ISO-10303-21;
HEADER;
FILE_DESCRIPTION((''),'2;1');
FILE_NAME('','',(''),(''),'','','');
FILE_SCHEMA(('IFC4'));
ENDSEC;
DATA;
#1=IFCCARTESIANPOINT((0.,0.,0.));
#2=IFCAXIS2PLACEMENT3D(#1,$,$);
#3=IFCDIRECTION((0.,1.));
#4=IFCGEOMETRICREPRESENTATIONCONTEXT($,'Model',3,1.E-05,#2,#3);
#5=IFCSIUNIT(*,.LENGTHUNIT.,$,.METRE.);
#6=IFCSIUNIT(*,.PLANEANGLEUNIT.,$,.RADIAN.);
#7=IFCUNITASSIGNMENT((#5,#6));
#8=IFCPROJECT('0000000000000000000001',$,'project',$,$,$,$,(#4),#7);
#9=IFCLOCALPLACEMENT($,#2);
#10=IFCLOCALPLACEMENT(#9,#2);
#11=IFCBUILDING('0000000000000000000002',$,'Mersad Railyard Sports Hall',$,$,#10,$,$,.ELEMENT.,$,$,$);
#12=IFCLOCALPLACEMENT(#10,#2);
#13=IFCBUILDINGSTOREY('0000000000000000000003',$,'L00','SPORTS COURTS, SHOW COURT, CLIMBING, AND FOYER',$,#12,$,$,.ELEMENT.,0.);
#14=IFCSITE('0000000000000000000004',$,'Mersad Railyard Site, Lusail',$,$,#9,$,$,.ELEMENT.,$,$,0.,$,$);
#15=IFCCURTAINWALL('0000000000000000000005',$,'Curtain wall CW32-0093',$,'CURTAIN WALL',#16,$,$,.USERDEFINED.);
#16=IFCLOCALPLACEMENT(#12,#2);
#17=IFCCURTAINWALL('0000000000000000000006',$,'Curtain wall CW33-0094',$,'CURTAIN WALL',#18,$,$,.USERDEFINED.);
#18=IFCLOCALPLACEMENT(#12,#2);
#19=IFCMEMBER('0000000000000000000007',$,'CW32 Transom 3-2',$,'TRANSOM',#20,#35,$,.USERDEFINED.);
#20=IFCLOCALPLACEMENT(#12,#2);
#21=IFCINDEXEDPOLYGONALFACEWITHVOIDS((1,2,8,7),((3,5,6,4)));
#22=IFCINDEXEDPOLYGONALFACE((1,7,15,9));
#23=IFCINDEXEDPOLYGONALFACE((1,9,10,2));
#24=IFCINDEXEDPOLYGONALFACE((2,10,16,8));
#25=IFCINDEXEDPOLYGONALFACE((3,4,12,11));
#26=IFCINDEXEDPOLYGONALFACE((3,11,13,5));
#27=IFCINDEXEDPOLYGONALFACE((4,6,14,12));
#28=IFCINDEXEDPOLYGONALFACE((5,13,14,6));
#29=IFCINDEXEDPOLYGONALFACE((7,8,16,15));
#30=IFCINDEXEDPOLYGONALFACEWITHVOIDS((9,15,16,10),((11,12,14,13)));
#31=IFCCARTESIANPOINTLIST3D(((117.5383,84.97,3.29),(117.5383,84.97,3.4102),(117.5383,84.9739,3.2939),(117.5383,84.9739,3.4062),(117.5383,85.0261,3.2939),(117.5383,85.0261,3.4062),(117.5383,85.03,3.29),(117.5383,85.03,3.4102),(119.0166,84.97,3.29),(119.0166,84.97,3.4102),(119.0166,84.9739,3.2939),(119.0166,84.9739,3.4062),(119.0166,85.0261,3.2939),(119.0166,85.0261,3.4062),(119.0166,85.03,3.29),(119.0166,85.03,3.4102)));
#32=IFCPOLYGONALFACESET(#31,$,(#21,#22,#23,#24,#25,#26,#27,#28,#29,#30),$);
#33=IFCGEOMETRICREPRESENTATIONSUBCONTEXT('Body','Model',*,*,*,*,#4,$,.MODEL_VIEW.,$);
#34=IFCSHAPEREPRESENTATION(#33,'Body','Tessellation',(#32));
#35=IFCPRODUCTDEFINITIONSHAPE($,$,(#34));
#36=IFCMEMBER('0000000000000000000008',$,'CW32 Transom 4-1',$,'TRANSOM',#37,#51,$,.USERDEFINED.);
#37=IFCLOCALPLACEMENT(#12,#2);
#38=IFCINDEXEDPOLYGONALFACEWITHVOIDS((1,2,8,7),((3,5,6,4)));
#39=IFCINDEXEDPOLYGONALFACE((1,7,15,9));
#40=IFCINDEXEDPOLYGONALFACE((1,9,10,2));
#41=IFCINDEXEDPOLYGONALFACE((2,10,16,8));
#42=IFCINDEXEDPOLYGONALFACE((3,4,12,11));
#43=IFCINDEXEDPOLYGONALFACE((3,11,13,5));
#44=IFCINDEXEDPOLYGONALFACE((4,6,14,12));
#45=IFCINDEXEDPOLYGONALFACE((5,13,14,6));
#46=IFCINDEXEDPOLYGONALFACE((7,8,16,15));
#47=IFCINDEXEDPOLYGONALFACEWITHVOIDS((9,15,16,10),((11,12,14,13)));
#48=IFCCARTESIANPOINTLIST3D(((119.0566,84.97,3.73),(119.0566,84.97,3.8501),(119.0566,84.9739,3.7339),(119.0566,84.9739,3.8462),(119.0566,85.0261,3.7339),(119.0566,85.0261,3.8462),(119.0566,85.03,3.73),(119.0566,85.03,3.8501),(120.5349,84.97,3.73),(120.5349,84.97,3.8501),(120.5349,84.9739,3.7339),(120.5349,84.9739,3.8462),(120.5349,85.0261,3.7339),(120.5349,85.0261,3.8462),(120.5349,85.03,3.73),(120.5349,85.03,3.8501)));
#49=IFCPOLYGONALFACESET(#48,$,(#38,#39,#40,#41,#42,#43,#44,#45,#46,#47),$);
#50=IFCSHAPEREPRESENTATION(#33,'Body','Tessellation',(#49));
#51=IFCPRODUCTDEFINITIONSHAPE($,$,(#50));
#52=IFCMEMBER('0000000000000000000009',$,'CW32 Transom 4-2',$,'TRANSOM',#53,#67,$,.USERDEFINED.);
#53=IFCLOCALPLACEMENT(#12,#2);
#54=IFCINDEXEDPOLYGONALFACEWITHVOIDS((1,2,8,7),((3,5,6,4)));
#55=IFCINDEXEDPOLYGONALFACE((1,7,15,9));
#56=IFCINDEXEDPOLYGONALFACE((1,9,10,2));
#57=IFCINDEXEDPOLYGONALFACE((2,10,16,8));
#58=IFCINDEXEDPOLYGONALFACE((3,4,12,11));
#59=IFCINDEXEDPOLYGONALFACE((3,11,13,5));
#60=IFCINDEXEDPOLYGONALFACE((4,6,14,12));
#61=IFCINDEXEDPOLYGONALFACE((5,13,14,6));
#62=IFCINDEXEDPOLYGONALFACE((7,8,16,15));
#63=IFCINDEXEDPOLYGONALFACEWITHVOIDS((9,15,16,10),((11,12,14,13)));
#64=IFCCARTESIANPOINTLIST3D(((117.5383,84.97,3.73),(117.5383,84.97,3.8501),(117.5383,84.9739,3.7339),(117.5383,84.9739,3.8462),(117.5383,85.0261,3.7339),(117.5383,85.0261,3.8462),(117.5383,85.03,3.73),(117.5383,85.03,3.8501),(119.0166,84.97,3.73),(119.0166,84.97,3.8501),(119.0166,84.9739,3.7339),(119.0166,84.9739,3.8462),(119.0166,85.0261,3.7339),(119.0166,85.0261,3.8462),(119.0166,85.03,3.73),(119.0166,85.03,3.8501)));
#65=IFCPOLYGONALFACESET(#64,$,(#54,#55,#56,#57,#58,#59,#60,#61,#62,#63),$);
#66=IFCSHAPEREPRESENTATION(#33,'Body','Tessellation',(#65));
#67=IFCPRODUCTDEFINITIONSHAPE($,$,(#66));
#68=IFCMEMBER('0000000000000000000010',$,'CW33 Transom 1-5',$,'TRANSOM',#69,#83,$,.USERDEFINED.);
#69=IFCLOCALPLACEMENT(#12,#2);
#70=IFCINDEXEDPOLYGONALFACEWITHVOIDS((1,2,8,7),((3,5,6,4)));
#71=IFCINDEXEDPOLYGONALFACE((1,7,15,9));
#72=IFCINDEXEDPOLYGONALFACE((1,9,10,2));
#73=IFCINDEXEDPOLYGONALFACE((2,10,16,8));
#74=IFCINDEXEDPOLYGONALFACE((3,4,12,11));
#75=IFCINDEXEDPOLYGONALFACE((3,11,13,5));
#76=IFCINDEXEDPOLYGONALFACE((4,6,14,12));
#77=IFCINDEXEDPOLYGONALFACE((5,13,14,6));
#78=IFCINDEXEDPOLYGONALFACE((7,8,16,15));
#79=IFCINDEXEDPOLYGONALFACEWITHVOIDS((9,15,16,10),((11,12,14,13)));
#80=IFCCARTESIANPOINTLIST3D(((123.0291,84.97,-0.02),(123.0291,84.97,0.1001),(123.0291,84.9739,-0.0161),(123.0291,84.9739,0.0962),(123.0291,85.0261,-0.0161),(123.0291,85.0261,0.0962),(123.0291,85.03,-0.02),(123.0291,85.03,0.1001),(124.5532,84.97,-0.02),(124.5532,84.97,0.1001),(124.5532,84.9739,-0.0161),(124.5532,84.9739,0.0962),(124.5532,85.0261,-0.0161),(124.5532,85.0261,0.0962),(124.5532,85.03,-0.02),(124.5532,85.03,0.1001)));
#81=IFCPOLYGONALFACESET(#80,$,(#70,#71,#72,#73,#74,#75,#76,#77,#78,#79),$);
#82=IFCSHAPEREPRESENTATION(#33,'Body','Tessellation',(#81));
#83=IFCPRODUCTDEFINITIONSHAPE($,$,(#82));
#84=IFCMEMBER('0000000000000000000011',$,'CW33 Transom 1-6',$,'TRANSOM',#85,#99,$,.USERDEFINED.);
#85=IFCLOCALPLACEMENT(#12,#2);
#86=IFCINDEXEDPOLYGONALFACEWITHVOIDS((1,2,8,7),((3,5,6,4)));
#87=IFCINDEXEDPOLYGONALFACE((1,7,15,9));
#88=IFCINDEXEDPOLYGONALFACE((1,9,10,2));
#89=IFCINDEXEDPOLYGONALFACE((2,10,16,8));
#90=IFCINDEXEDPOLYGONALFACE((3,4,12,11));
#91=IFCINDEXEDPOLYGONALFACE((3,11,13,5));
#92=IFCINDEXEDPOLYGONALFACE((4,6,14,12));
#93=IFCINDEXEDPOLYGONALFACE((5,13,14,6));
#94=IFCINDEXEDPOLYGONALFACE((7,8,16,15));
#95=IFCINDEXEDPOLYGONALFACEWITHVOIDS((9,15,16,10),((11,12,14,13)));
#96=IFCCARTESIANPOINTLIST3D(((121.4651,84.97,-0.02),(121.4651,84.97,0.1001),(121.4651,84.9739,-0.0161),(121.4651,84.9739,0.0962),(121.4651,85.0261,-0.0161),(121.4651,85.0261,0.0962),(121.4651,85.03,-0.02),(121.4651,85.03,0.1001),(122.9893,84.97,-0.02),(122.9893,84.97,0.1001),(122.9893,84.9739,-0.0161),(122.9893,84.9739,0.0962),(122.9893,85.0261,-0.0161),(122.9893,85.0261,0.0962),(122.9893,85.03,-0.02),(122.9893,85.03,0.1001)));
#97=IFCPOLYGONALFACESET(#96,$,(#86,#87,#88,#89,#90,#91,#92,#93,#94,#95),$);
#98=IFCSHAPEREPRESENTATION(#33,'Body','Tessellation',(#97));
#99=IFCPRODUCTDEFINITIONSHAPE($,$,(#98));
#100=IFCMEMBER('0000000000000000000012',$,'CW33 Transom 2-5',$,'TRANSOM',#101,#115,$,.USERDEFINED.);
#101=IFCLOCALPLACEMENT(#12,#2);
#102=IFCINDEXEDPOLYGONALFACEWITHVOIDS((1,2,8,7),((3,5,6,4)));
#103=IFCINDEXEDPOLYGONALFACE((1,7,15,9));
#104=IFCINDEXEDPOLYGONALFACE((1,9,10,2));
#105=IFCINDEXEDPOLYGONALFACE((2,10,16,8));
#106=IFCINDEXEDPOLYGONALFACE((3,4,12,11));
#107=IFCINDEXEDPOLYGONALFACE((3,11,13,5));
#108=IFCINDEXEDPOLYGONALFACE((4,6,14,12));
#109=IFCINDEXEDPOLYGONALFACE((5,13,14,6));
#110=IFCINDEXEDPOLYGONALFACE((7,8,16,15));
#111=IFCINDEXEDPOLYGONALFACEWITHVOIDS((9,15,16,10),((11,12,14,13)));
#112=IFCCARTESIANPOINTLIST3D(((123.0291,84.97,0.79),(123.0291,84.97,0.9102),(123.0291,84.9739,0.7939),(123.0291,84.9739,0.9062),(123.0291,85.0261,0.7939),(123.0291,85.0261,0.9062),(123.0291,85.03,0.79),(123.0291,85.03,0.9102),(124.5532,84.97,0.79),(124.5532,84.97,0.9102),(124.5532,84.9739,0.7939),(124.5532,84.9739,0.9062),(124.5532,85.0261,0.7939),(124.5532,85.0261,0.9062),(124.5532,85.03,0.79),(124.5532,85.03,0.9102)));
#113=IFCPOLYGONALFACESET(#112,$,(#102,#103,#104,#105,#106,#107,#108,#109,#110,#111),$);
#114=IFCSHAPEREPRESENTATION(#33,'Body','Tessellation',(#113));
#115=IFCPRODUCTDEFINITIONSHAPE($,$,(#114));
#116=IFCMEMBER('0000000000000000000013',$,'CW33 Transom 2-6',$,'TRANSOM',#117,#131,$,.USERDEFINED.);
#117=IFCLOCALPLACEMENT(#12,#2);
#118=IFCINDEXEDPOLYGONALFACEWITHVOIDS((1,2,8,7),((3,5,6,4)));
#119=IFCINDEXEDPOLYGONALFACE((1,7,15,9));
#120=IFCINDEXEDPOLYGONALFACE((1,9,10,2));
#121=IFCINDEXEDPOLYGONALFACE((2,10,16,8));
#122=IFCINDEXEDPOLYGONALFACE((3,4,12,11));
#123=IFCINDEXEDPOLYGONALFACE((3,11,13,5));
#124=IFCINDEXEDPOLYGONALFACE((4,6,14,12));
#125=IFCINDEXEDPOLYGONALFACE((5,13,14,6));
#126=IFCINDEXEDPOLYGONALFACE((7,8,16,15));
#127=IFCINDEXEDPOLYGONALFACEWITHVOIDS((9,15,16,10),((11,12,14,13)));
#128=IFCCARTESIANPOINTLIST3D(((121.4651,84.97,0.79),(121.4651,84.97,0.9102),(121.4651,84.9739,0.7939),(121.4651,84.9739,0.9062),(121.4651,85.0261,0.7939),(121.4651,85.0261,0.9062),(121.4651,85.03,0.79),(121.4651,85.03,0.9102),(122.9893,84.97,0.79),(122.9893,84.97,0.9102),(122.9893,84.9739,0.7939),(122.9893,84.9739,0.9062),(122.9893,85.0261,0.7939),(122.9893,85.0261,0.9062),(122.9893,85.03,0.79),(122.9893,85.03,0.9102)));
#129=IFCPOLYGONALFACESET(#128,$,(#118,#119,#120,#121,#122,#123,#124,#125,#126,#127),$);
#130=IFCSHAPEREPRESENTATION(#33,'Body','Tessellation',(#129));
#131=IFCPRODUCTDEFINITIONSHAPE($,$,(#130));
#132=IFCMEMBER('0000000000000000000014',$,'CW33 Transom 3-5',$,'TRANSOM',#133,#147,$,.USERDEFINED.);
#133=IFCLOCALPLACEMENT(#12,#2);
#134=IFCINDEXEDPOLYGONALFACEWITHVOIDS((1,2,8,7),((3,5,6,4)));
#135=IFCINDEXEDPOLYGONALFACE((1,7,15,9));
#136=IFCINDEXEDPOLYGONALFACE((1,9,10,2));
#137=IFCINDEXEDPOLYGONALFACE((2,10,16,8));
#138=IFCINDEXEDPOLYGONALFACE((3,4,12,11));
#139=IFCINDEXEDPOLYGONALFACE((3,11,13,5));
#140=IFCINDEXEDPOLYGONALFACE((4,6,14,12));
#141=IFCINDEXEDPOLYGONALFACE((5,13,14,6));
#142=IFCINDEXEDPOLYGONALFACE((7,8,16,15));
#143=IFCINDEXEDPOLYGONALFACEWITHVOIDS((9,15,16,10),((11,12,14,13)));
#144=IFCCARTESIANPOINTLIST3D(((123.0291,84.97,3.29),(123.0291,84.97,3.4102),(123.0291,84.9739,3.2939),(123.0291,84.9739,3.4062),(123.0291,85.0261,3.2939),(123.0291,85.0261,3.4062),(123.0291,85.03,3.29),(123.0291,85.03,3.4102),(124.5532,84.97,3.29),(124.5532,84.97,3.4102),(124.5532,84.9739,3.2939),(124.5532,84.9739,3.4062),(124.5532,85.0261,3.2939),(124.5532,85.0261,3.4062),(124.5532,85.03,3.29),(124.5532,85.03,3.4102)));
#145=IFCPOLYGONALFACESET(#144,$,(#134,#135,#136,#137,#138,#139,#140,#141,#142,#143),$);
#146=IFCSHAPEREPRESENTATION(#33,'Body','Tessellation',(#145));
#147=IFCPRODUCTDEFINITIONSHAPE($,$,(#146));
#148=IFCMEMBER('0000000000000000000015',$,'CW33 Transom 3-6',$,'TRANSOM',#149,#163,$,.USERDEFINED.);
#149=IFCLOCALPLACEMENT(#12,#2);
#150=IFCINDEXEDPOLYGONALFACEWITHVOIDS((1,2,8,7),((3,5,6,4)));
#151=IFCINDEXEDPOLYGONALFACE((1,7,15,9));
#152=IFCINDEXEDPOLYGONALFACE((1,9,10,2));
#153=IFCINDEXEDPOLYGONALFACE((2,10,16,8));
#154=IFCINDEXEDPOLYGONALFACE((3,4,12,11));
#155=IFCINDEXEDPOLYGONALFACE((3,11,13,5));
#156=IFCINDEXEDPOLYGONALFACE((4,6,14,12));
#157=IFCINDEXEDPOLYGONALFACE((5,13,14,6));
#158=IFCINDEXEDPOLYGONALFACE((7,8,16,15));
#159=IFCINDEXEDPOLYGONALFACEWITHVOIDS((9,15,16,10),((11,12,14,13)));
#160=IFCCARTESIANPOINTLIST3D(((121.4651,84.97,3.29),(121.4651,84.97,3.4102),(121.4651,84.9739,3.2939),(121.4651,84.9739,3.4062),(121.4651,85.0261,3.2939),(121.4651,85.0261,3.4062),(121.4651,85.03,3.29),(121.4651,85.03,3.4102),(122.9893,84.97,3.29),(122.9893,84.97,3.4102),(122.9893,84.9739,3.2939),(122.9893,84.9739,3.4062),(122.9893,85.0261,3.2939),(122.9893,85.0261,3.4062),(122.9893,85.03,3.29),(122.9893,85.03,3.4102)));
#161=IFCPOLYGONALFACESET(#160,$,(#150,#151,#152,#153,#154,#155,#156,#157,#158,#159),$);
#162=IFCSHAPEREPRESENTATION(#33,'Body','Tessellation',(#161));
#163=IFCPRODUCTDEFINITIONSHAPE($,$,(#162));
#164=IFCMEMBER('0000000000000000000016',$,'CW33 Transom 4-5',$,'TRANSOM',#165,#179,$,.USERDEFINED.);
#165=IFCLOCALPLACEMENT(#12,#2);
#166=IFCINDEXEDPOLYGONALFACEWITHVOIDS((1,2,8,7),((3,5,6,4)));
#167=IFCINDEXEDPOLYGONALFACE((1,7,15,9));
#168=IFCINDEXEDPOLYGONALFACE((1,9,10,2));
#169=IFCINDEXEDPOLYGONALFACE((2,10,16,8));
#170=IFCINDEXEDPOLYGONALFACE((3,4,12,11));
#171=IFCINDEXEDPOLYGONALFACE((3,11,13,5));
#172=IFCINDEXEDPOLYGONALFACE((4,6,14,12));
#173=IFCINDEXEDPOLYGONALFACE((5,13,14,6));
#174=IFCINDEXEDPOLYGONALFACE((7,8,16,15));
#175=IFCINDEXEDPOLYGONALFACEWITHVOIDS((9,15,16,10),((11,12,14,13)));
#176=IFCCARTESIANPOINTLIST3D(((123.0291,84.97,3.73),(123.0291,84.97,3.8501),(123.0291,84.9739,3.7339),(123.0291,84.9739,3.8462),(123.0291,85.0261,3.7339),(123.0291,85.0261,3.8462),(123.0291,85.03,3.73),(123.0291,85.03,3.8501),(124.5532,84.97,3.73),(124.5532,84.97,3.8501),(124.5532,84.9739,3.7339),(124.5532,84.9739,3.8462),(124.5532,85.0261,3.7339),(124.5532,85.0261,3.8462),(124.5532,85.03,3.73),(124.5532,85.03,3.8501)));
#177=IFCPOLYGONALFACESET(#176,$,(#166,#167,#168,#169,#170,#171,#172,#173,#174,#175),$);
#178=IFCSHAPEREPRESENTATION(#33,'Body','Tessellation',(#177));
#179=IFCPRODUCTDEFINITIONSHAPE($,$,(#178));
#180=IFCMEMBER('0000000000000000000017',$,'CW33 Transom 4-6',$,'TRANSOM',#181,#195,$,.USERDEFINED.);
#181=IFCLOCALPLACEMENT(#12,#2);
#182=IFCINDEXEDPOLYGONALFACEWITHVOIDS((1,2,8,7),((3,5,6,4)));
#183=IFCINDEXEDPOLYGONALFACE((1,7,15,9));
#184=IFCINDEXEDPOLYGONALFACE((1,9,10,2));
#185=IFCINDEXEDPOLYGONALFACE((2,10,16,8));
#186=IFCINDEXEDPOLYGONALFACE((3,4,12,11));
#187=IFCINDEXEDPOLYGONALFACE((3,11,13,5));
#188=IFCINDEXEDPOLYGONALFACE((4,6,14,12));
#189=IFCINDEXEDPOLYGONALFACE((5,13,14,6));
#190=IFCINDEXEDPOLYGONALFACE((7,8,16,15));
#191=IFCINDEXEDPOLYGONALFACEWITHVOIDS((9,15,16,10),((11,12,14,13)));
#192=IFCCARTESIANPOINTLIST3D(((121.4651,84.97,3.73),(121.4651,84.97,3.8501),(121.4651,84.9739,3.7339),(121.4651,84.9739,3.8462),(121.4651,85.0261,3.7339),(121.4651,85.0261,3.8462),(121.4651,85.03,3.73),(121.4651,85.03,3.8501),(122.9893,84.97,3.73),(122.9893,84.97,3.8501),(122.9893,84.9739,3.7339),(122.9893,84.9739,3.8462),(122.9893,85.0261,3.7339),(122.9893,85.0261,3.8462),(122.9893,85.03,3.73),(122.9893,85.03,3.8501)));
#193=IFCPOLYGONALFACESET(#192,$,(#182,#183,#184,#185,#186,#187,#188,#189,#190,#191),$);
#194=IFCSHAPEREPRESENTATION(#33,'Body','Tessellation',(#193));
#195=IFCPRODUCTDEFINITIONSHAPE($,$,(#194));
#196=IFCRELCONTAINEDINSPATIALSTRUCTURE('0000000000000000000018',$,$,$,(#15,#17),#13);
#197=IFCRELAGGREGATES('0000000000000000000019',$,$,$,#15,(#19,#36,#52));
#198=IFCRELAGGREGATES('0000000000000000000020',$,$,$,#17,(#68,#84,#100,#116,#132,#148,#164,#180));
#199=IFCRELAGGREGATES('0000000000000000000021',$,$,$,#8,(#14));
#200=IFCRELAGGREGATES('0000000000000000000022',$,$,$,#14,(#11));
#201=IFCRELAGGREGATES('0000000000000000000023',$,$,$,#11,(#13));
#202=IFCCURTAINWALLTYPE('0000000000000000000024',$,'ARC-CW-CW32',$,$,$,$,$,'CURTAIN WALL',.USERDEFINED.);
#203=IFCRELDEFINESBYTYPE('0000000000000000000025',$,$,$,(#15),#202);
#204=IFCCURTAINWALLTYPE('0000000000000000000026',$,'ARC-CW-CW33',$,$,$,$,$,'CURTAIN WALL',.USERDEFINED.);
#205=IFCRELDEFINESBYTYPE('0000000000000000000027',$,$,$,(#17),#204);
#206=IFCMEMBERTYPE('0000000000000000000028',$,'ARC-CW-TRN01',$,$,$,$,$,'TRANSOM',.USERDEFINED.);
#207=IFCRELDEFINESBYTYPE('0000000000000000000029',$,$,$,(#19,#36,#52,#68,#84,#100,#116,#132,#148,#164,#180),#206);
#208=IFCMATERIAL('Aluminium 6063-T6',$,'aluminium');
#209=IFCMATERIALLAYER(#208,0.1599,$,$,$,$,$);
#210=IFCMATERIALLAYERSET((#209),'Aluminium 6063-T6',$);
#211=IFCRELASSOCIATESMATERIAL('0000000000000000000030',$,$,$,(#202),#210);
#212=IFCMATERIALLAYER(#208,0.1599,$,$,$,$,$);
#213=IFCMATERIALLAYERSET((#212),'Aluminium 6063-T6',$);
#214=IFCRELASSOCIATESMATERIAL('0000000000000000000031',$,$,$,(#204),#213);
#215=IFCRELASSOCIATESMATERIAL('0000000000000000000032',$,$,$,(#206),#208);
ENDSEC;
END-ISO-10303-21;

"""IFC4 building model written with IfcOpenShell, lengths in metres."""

from ifc_helpers import new_model, si_unit, direction, frame, origin, origin_2d, place, context, subcontext, project, spatial, hollow_rectangle, extrude, material, layer, layer_set, material_profile, profile_set, type_object, element, aggregate, save


model = new_model("IFC4")

# Units and contexts
model_context = context("Model", 3, precision=1e-05, world=origin(), true_north=direction((0.0, 1.0)))
body_context = subcontext(model_context, "Body", "Model", "MODEL_VIEW")
ifc_project = project(units=[si_unit("LENGTHUNIT", "METRE"), si_unit("PLANEANGLEUNIT", "RADIAN")], contexts=[model_context])

# Site, building, storey
site_placement = place(None, origin())
site = spatial("IfcSite", under=ifc_project, at=site_placement, Name="Mersad Railyard Site, Lusail", CompositionType="ELEMENT", RefElevation=0.0)
building_placement = place(site_placement, origin())
building = spatial("IfcBuilding", under=site, at=building_placement, Name="Mersad Railyard Sports Hall", CompositionType="ELEMENT")
storey_placement = place(building_placement, origin())
storey = spatial("IfcBuildingStorey", under=building, at=storey_placement, Name="L00", Description="SPORTS COURTS, SHOW COURT, CLIMBING, AND FOYER", CompositionType="ELEMENT", Elevation=0.0)

# Curtain walls
ifc_material_1 = material(Name="Aluminium 6063-T6", Category="aluminium")
ifc_layer_1 = layer(ifc_material_1, 0.1599)
ifc_layer_set_1 = layer_set([ifc_layer_1], Name="Aluminium 6063-T6")
curtain_wall_type_1 = type_object("IfcCurtainWallType", Name="ARC-CW-CW32", ElementType="CURTAIN WALL", PredefinedType="USERDEFINED", material=ifc_layer_set_1)
curtain_wall_1_placement = place(storey_placement, origin())
curtain_wall_1 = element("IfcCurtainWall", 1, at=curtain_wall_1_placement, inside=storey, type_object=curtain_wall_type_1, Name="Curtain wall CW32-0093", ObjectType="CURTAIN WALL", PredefinedType="USERDEFINED")
ifc_layer_2 = layer(ifc_material_1, 0.1599)
ifc_layer_set_2 = layer_set([ifc_layer_2], Name="Aluminium 6063-T6")
curtain_wall_type_2 = type_object("IfcCurtainWallType", Name="ARC-CW-CW33", ElementType="CURTAIN WALL", PredefinedType="USERDEFINED", material=ifc_layer_set_2)
curtain_wall_2_placement = place(storey_placement, origin())
curtain_wall_2 = element("IfcCurtainWall", 2, at=curtain_wall_2_placement, inside=storey, type_object=curtain_wall_type_2, Name="Curtain wall CW33-0094", ObjectType="CURTAIN WALL", PredefinedType="USERDEFINED")

# Members
ifc_material_profile_1 = material_profile(ifc_material_1, hollow_rectangle(XDim=0.0601, YDim=0.1201, WallThickness=0.0039, at=origin_2d()), Name="AL TRANSOM 60x120x4")
ifc_profile_set_1 = profile_set([ifc_material_profile_1], Name="Aluminium 6063-T6")
member_type_1 = type_object("IfcMemberType", Name="ARC-CW-TRN01", ElementType="TRANSOM", PredefinedType="USERDEFINED", material=ifc_profile_set_1)
member_1_placement = place(storey_placement, frame((119.0166, 85.0, 3.3501), z_axis=(-1.0, 0.0, 0.0), x_axis=(0.0, -1.0, 0.0)))
member_1 = element("IfcMember", 3, at=member_1_placement, type_object=member_type_1, Name="CW32 Transom 3-2", ObjectType="TRANSOM", PredefinedType="USERDEFINED", context=body_context, shape_type="SweptSolid", body=[
    extrude(hollow_rectangle(XDim=0.0601, YDim=0.1201, WallThickness=0.0039, at=origin_2d()), origin(), (0.0, 0.0, 1.0), 1.4783),
])
member_2_placement = place(storey_placement, frame((120.5349, 85.0, 3.79), z_axis=(-1.0, 0.0, 0.0), x_axis=(0.0, -1.0, 0.0)))
member_2 = element("IfcMember", 4, at=member_2_placement, type_object=member_type_1, Name="CW32 Transom 4-1", ObjectType="TRANSOM", PredefinedType="USERDEFINED", context=body_context, shape_type="SweptSolid", body=[
    extrude(hollow_rectangle(XDim=0.0601, YDim=0.1201, WallThickness=0.0039, at=origin_2d()), origin(), (0.0, 0.0, 1.0), 1.4783),
])
member_3_placement = place(storey_placement, frame((119.0166, 85.0, 3.79), z_axis=(-1.0, 0.0, 0.0), x_axis=(0.0, -1.0, 0.0)))
member_3 = element("IfcMember", 5, at=member_3_placement, type_object=member_type_1, Name="CW32 Transom 4-2", ObjectType="TRANSOM", PredefinedType="USERDEFINED", context=body_context, shape_type="SweptSolid", body=[
    extrude(hollow_rectangle(XDim=0.0601, YDim=0.1201, WallThickness=0.0039, at=origin_2d()), origin(), (0.0, 0.0, 1.0), 1.4783),
])
member_4_placement = place(storey_placement, frame((124.5532, 85.0, 0.04), z_axis=(-1.0, 0.0, 0.0), x_axis=(0.0, -1.0, 0.0)))
member_4 = element("IfcMember", 6, at=member_4_placement, type_object=member_type_1, Name="CW33 Transom 1-5", ObjectType="TRANSOM", PredefinedType="USERDEFINED", context=body_context, shape_type="SweptSolid", body=[
    extrude(hollow_rectangle(XDim=0.0601, YDim=0.1201, WallThickness=0.0039, at=origin_2d()), origin(), (0.0, 0.0, 1.0), 1.5242),
])
member_5_placement = place(storey_placement, frame((122.9893, 85.0, 0.04), z_axis=(-1.0, 0.0, 0.0), x_axis=(0.0, -1.0, 0.0)))
member_5 = element("IfcMember", 7, at=member_5_placement, type_object=member_type_1, Name="CW33 Transom 1-6", ObjectType="TRANSOM", PredefinedType="USERDEFINED", context=body_context, shape_type="SweptSolid", body=[
    extrude(hollow_rectangle(XDim=0.0601, YDim=0.1201, WallThickness=0.0039, at=origin_2d()), origin(), (0.0, 0.0, 1.0), 1.5242),
])
member_6_placement = place(storey_placement, frame((124.5532, 85.0, 0.8501), z_axis=(-1.0, 0.0, 0.0), x_axis=(0.0, -1.0, 0.0)))
member_6 = element("IfcMember", 8, at=member_6_placement, type_object=member_type_1, Name="CW33 Transom 2-5", ObjectType="TRANSOM", PredefinedType="USERDEFINED", context=body_context, shape_type="SweptSolid", body=[
    extrude(hollow_rectangle(XDim=0.0601, YDim=0.1201, WallThickness=0.0039, at=origin_2d()), origin(), (0.0, 0.0, 1.0), 1.5242),
])
member_7_placement = place(storey_placement, frame((122.9893, 85.0, 0.8501), z_axis=(-1.0, 0.0, 0.0), x_axis=(0.0, -1.0, 0.0)))
member_7 = element("IfcMember", 9, at=member_7_placement, type_object=member_type_1, Name="CW33 Transom 2-6", ObjectType="TRANSOM", PredefinedType="USERDEFINED", context=body_context, shape_type="SweptSolid", body=[
    extrude(hollow_rectangle(XDim=0.0601, YDim=0.1201, WallThickness=0.0039, at=origin_2d()), origin(), (0.0, 0.0, 1.0), 1.5242),
])
member_8_placement = place(storey_placement, frame((124.5532, 85.0, 3.3501), z_axis=(-1.0, 0.0, 0.0), x_axis=(0.0, -1.0, 0.0)))
member_8 = element("IfcMember", 10, at=member_8_placement, type_object=member_type_1, Name="CW33 Transom 3-5", ObjectType="TRANSOM", PredefinedType="USERDEFINED", context=body_context, shape_type="SweptSolid", body=[
    extrude(hollow_rectangle(XDim=0.0601, YDim=0.1201, WallThickness=0.0039, at=origin_2d()), origin(), (0.0, 0.0, 1.0), 1.5242),
])
member_9_placement = place(storey_placement, frame((122.9893, 85.0, 3.3501), z_axis=(-1.0, 0.0, 0.0), x_axis=(0.0, -1.0, 0.0)))
member_9 = element("IfcMember", 11, at=member_9_placement, type_object=member_type_1, Name="CW33 Transom 3-6", ObjectType="TRANSOM", PredefinedType="USERDEFINED", context=body_context, shape_type="SweptSolid", body=[
    extrude(hollow_rectangle(XDim=0.0601, YDim=0.1201, WallThickness=0.0039, at=origin_2d()), origin(), (0.0, 0.0, 1.0), 1.5242),
])
member_10_placement = place(storey_placement, frame((124.5532, 85.0, 3.79), z_axis=(-1.0, 0.0, 0.0), x_axis=(0.0, -1.0, 0.0)))
member_10 = element("IfcMember", 12, at=member_10_placement, type_object=member_type_1, Name="CW33 Transom 4-5", ObjectType="TRANSOM", PredefinedType="USERDEFINED", context=body_context, shape_type="SweptSolid", body=[
    extrude(hollow_rectangle(XDim=0.0601, YDim=0.1201, WallThickness=0.0039, at=origin_2d()), origin(), (0.0, 0.0, 1.0), 1.5242),
])
member_11_placement = place(storey_placement, frame((122.9893, 85.0, 3.79), z_axis=(-1.0, 0.0, 0.0), x_axis=(0.0, -1.0, 0.0)))
member_11 = element("IfcMember", 13, at=member_11_placement, type_object=member_type_1, Name="CW33 Transom 4-6", ObjectType="TRANSOM", PredefinedType="USERDEFINED", context=body_context, shape_type="SweptSolid", body=[
    extrude(hollow_rectangle(XDim=0.0601, YDim=0.1201, WallThickness=0.0039, at=origin_2d()), origin(), (0.0, 0.0, 1.0), 1.5242),
])

aggregate(curtain_wall_1, [member_1, member_2, member_3])
aggregate(curtain_wall_2, [member_4, member_5, member_6, member_7, member_8, member_9, member_10, member_11])

save(model, "model.ifc")
